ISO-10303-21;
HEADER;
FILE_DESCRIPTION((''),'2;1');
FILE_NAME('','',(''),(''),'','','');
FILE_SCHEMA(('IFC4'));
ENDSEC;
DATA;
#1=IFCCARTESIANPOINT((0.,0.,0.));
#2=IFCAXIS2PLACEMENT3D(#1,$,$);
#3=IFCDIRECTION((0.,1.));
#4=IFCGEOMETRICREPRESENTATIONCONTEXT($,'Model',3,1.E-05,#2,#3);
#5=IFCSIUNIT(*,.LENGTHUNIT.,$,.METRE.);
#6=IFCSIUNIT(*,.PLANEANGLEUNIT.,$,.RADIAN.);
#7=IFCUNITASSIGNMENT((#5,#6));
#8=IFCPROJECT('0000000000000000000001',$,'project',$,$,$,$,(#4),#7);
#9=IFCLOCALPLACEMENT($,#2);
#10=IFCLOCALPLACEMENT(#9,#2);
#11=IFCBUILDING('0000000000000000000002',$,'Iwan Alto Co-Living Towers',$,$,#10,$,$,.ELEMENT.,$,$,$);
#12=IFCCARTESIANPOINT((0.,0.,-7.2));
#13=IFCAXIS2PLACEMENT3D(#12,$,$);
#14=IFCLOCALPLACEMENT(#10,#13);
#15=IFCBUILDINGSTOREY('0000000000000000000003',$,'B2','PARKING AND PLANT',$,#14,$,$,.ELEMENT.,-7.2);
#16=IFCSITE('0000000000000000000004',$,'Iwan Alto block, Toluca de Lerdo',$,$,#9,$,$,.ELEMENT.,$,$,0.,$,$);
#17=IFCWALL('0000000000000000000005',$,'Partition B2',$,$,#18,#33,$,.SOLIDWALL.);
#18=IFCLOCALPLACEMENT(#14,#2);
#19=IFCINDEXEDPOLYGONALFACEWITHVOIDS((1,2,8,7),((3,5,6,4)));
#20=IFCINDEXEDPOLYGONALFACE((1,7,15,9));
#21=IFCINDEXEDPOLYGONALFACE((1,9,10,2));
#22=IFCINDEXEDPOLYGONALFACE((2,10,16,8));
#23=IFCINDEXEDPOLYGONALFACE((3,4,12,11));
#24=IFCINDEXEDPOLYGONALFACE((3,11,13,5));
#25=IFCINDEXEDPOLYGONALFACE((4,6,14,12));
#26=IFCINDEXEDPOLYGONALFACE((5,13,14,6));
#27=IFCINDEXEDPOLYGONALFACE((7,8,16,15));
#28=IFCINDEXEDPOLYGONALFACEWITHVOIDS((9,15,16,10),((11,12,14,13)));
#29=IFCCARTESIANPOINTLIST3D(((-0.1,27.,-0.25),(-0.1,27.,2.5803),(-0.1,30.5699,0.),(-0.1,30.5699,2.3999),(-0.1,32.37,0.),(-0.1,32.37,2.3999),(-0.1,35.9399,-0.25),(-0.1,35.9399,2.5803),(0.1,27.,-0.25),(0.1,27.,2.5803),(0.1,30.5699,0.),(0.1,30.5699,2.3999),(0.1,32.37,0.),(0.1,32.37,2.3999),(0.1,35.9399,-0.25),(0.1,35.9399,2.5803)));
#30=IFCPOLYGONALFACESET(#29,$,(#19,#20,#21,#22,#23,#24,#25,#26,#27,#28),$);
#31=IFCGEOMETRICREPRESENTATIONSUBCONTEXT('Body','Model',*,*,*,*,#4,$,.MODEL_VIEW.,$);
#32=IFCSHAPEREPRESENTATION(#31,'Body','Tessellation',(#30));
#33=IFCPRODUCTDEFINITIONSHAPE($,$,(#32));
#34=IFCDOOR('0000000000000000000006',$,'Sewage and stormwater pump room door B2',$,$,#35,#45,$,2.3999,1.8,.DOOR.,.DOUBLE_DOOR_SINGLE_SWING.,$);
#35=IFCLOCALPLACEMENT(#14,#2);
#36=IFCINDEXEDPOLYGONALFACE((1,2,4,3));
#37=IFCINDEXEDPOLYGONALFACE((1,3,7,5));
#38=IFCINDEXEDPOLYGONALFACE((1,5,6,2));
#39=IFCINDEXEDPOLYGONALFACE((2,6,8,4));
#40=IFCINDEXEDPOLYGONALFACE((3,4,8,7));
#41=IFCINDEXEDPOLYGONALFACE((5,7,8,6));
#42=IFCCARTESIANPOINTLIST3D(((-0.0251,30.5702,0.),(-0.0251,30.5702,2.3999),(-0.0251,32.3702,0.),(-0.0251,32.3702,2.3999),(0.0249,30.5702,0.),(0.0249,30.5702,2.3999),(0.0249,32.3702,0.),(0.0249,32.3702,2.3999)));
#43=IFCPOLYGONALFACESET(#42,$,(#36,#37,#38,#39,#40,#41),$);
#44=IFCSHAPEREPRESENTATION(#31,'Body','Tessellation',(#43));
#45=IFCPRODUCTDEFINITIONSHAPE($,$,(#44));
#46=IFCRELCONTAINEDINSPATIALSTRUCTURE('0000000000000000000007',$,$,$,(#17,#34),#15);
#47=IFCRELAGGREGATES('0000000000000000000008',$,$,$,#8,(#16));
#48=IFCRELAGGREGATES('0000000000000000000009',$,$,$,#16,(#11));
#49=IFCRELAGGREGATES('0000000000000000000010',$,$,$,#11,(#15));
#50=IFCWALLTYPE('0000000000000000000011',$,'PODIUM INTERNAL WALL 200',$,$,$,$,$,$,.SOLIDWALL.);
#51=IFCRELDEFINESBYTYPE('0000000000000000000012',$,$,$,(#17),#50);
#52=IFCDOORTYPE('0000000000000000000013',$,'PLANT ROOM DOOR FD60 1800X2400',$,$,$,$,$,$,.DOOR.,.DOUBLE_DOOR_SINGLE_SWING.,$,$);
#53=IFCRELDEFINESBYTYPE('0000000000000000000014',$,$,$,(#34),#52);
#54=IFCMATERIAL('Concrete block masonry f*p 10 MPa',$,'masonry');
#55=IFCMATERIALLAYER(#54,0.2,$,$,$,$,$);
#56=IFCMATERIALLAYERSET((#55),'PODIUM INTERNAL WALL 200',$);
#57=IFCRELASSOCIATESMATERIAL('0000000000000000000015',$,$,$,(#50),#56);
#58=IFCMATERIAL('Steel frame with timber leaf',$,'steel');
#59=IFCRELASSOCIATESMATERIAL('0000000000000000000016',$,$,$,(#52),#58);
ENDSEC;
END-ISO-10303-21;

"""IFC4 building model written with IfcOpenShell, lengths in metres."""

from ifc_helpers import new_model, si_unit, direction, frame, frame_2d, origin, place, context, subcontext, project, spatial, rectangle, extrude, material, layer, layer_set, type_object, element, fill, save


model = new_model("IFC4")

# Units and contexts
model_context = context("Model", 3, precision=1e-05, world=origin(), true_north=direction((0.0, 1.0)))
body_context = subcontext(model_context, "Body", "Model", "MODEL_VIEW")
ifc_project = project(units=[si_unit("LENGTHUNIT", "METRE"), si_unit("PLANEANGLEUNIT", "RADIAN")], contexts=[model_context])

# Site, building, storey
site_placement = place(None, origin())
site = spatial("IfcSite", under=ifc_project, at=site_placement, Name="Iwan Alto block, Toluca de Lerdo", CompositionType="ELEMENT", RefElevation=0.0)
building_placement = place(site_placement, origin())
building = spatial("IfcBuilding", under=site, at=building_placement, Name="Iwan Alto Co-Living Towers", CompositionType="ELEMENT")
storey_placement = place(building_placement, frame((0.0, 0.0, -7.2)))
storey = spatial("IfcBuildingStorey", under=building, at=storey_placement, Name="B2", Description="PARKING AND PLANT", CompositionType="ELEMENT", Elevation=-7.2)

# Shared definitions
ifc_material_1 = material(Name="Concrete block masonry f*p 10 MPa", Category="masonry")
ifc_layer_1 = layer(ifc_material_1, 0.2)
ifc_layer_set_1 = layer_set([ifc_layer_1], Name="PODIUM INTERNAL WALL 200")
wall_type_1 = type_object("IfcWallType", Name="PODIUM INTERNAL WALL 200", PredefinedType="SOLIDWALL", material=ifc_layer_set_1)

# Wall, opening, door
wall_1_placement = place(storey_placement, frame((0.0, 27.0, -0.25), z_axis=(0.0, 0.0, 1.0), x_axis=(0.0, 1.0, 0.0)))
wall_1 = element("IfcWall", 1, at=wall_1_placement, inside=storey, type_object=wall_type_1, Name="Partition B2", PredefinedType="SOLIDWALL", context=body_context, shape_type="SweptSolid", body=[
    extrude(rectangle(XDim=8.9399, YDim=0.2, at=frame_2d((4.47, 0.0))), origin(), (0.0, 0.0, 1.0), 2.8303),
])
opening_placement = place(wall_1_placement, frame((3.5701, 0.0, 0.25)))
opening = element("IfcOpeningElement", 2, at=opening_placement, cuts=wall_1, PredefinedType="OPENING", context=body_context, shape_type="SweptSolid", body=[
    extrude(rectangle(XDim=1.8, YDim=2.3999, at=frame_2d((0.8999, 1.2))), frame((0.0, 0.1099, 0.0), z_axis=(0.0, -1.0, 0.0), x_axis=(1.0, 0.0, 0.0)), (0.0, 0.0, 1.0), 0.22),
])
ifc_material_2 = material(Name="Steel frame with timber leaf", Category="steel")
door_type = type_object("IfcDoorType", Name="PLANT ROOM DOOR FD60 1800X2400", OperationType="DOUBLE_DOOR_SINGLE_SWING", PredefinedType="DOOR", material=ifc_material_2)
door_placement = place(opening_placement, frame((1.8, 0.0, 0.0), z_axis=(0.0, 0.0, 1.0), x_axis=(-1.0, 0.0, 0.0)))
door = element("IfcDoor", 3, at=door_placement, inside=storey, type_object=door_type, Name="Sewage and stormwater pump room door B2", OperationType="DOUBLE_DOOR_SINGLE_SWING", OverallHeight=2.3999, OverallWidth=1.8, PredefinedType="DOOR", context=body_context, shape_type="SweptSolid", body=[
    extrude(rectangle(XDim=1.8, YDim=2.3999, at=frame_2d((0.8999, 1.2))), frame((0.0, 0.0249, 0.0), z_axis=(0.0, -1.0, 0.0), x_axis=(1.0, 0.0, 0.0)), (0.0, 0.0, 1.0), 0.05),
])
fill(opening, door)

save(model, "model.ifc")
